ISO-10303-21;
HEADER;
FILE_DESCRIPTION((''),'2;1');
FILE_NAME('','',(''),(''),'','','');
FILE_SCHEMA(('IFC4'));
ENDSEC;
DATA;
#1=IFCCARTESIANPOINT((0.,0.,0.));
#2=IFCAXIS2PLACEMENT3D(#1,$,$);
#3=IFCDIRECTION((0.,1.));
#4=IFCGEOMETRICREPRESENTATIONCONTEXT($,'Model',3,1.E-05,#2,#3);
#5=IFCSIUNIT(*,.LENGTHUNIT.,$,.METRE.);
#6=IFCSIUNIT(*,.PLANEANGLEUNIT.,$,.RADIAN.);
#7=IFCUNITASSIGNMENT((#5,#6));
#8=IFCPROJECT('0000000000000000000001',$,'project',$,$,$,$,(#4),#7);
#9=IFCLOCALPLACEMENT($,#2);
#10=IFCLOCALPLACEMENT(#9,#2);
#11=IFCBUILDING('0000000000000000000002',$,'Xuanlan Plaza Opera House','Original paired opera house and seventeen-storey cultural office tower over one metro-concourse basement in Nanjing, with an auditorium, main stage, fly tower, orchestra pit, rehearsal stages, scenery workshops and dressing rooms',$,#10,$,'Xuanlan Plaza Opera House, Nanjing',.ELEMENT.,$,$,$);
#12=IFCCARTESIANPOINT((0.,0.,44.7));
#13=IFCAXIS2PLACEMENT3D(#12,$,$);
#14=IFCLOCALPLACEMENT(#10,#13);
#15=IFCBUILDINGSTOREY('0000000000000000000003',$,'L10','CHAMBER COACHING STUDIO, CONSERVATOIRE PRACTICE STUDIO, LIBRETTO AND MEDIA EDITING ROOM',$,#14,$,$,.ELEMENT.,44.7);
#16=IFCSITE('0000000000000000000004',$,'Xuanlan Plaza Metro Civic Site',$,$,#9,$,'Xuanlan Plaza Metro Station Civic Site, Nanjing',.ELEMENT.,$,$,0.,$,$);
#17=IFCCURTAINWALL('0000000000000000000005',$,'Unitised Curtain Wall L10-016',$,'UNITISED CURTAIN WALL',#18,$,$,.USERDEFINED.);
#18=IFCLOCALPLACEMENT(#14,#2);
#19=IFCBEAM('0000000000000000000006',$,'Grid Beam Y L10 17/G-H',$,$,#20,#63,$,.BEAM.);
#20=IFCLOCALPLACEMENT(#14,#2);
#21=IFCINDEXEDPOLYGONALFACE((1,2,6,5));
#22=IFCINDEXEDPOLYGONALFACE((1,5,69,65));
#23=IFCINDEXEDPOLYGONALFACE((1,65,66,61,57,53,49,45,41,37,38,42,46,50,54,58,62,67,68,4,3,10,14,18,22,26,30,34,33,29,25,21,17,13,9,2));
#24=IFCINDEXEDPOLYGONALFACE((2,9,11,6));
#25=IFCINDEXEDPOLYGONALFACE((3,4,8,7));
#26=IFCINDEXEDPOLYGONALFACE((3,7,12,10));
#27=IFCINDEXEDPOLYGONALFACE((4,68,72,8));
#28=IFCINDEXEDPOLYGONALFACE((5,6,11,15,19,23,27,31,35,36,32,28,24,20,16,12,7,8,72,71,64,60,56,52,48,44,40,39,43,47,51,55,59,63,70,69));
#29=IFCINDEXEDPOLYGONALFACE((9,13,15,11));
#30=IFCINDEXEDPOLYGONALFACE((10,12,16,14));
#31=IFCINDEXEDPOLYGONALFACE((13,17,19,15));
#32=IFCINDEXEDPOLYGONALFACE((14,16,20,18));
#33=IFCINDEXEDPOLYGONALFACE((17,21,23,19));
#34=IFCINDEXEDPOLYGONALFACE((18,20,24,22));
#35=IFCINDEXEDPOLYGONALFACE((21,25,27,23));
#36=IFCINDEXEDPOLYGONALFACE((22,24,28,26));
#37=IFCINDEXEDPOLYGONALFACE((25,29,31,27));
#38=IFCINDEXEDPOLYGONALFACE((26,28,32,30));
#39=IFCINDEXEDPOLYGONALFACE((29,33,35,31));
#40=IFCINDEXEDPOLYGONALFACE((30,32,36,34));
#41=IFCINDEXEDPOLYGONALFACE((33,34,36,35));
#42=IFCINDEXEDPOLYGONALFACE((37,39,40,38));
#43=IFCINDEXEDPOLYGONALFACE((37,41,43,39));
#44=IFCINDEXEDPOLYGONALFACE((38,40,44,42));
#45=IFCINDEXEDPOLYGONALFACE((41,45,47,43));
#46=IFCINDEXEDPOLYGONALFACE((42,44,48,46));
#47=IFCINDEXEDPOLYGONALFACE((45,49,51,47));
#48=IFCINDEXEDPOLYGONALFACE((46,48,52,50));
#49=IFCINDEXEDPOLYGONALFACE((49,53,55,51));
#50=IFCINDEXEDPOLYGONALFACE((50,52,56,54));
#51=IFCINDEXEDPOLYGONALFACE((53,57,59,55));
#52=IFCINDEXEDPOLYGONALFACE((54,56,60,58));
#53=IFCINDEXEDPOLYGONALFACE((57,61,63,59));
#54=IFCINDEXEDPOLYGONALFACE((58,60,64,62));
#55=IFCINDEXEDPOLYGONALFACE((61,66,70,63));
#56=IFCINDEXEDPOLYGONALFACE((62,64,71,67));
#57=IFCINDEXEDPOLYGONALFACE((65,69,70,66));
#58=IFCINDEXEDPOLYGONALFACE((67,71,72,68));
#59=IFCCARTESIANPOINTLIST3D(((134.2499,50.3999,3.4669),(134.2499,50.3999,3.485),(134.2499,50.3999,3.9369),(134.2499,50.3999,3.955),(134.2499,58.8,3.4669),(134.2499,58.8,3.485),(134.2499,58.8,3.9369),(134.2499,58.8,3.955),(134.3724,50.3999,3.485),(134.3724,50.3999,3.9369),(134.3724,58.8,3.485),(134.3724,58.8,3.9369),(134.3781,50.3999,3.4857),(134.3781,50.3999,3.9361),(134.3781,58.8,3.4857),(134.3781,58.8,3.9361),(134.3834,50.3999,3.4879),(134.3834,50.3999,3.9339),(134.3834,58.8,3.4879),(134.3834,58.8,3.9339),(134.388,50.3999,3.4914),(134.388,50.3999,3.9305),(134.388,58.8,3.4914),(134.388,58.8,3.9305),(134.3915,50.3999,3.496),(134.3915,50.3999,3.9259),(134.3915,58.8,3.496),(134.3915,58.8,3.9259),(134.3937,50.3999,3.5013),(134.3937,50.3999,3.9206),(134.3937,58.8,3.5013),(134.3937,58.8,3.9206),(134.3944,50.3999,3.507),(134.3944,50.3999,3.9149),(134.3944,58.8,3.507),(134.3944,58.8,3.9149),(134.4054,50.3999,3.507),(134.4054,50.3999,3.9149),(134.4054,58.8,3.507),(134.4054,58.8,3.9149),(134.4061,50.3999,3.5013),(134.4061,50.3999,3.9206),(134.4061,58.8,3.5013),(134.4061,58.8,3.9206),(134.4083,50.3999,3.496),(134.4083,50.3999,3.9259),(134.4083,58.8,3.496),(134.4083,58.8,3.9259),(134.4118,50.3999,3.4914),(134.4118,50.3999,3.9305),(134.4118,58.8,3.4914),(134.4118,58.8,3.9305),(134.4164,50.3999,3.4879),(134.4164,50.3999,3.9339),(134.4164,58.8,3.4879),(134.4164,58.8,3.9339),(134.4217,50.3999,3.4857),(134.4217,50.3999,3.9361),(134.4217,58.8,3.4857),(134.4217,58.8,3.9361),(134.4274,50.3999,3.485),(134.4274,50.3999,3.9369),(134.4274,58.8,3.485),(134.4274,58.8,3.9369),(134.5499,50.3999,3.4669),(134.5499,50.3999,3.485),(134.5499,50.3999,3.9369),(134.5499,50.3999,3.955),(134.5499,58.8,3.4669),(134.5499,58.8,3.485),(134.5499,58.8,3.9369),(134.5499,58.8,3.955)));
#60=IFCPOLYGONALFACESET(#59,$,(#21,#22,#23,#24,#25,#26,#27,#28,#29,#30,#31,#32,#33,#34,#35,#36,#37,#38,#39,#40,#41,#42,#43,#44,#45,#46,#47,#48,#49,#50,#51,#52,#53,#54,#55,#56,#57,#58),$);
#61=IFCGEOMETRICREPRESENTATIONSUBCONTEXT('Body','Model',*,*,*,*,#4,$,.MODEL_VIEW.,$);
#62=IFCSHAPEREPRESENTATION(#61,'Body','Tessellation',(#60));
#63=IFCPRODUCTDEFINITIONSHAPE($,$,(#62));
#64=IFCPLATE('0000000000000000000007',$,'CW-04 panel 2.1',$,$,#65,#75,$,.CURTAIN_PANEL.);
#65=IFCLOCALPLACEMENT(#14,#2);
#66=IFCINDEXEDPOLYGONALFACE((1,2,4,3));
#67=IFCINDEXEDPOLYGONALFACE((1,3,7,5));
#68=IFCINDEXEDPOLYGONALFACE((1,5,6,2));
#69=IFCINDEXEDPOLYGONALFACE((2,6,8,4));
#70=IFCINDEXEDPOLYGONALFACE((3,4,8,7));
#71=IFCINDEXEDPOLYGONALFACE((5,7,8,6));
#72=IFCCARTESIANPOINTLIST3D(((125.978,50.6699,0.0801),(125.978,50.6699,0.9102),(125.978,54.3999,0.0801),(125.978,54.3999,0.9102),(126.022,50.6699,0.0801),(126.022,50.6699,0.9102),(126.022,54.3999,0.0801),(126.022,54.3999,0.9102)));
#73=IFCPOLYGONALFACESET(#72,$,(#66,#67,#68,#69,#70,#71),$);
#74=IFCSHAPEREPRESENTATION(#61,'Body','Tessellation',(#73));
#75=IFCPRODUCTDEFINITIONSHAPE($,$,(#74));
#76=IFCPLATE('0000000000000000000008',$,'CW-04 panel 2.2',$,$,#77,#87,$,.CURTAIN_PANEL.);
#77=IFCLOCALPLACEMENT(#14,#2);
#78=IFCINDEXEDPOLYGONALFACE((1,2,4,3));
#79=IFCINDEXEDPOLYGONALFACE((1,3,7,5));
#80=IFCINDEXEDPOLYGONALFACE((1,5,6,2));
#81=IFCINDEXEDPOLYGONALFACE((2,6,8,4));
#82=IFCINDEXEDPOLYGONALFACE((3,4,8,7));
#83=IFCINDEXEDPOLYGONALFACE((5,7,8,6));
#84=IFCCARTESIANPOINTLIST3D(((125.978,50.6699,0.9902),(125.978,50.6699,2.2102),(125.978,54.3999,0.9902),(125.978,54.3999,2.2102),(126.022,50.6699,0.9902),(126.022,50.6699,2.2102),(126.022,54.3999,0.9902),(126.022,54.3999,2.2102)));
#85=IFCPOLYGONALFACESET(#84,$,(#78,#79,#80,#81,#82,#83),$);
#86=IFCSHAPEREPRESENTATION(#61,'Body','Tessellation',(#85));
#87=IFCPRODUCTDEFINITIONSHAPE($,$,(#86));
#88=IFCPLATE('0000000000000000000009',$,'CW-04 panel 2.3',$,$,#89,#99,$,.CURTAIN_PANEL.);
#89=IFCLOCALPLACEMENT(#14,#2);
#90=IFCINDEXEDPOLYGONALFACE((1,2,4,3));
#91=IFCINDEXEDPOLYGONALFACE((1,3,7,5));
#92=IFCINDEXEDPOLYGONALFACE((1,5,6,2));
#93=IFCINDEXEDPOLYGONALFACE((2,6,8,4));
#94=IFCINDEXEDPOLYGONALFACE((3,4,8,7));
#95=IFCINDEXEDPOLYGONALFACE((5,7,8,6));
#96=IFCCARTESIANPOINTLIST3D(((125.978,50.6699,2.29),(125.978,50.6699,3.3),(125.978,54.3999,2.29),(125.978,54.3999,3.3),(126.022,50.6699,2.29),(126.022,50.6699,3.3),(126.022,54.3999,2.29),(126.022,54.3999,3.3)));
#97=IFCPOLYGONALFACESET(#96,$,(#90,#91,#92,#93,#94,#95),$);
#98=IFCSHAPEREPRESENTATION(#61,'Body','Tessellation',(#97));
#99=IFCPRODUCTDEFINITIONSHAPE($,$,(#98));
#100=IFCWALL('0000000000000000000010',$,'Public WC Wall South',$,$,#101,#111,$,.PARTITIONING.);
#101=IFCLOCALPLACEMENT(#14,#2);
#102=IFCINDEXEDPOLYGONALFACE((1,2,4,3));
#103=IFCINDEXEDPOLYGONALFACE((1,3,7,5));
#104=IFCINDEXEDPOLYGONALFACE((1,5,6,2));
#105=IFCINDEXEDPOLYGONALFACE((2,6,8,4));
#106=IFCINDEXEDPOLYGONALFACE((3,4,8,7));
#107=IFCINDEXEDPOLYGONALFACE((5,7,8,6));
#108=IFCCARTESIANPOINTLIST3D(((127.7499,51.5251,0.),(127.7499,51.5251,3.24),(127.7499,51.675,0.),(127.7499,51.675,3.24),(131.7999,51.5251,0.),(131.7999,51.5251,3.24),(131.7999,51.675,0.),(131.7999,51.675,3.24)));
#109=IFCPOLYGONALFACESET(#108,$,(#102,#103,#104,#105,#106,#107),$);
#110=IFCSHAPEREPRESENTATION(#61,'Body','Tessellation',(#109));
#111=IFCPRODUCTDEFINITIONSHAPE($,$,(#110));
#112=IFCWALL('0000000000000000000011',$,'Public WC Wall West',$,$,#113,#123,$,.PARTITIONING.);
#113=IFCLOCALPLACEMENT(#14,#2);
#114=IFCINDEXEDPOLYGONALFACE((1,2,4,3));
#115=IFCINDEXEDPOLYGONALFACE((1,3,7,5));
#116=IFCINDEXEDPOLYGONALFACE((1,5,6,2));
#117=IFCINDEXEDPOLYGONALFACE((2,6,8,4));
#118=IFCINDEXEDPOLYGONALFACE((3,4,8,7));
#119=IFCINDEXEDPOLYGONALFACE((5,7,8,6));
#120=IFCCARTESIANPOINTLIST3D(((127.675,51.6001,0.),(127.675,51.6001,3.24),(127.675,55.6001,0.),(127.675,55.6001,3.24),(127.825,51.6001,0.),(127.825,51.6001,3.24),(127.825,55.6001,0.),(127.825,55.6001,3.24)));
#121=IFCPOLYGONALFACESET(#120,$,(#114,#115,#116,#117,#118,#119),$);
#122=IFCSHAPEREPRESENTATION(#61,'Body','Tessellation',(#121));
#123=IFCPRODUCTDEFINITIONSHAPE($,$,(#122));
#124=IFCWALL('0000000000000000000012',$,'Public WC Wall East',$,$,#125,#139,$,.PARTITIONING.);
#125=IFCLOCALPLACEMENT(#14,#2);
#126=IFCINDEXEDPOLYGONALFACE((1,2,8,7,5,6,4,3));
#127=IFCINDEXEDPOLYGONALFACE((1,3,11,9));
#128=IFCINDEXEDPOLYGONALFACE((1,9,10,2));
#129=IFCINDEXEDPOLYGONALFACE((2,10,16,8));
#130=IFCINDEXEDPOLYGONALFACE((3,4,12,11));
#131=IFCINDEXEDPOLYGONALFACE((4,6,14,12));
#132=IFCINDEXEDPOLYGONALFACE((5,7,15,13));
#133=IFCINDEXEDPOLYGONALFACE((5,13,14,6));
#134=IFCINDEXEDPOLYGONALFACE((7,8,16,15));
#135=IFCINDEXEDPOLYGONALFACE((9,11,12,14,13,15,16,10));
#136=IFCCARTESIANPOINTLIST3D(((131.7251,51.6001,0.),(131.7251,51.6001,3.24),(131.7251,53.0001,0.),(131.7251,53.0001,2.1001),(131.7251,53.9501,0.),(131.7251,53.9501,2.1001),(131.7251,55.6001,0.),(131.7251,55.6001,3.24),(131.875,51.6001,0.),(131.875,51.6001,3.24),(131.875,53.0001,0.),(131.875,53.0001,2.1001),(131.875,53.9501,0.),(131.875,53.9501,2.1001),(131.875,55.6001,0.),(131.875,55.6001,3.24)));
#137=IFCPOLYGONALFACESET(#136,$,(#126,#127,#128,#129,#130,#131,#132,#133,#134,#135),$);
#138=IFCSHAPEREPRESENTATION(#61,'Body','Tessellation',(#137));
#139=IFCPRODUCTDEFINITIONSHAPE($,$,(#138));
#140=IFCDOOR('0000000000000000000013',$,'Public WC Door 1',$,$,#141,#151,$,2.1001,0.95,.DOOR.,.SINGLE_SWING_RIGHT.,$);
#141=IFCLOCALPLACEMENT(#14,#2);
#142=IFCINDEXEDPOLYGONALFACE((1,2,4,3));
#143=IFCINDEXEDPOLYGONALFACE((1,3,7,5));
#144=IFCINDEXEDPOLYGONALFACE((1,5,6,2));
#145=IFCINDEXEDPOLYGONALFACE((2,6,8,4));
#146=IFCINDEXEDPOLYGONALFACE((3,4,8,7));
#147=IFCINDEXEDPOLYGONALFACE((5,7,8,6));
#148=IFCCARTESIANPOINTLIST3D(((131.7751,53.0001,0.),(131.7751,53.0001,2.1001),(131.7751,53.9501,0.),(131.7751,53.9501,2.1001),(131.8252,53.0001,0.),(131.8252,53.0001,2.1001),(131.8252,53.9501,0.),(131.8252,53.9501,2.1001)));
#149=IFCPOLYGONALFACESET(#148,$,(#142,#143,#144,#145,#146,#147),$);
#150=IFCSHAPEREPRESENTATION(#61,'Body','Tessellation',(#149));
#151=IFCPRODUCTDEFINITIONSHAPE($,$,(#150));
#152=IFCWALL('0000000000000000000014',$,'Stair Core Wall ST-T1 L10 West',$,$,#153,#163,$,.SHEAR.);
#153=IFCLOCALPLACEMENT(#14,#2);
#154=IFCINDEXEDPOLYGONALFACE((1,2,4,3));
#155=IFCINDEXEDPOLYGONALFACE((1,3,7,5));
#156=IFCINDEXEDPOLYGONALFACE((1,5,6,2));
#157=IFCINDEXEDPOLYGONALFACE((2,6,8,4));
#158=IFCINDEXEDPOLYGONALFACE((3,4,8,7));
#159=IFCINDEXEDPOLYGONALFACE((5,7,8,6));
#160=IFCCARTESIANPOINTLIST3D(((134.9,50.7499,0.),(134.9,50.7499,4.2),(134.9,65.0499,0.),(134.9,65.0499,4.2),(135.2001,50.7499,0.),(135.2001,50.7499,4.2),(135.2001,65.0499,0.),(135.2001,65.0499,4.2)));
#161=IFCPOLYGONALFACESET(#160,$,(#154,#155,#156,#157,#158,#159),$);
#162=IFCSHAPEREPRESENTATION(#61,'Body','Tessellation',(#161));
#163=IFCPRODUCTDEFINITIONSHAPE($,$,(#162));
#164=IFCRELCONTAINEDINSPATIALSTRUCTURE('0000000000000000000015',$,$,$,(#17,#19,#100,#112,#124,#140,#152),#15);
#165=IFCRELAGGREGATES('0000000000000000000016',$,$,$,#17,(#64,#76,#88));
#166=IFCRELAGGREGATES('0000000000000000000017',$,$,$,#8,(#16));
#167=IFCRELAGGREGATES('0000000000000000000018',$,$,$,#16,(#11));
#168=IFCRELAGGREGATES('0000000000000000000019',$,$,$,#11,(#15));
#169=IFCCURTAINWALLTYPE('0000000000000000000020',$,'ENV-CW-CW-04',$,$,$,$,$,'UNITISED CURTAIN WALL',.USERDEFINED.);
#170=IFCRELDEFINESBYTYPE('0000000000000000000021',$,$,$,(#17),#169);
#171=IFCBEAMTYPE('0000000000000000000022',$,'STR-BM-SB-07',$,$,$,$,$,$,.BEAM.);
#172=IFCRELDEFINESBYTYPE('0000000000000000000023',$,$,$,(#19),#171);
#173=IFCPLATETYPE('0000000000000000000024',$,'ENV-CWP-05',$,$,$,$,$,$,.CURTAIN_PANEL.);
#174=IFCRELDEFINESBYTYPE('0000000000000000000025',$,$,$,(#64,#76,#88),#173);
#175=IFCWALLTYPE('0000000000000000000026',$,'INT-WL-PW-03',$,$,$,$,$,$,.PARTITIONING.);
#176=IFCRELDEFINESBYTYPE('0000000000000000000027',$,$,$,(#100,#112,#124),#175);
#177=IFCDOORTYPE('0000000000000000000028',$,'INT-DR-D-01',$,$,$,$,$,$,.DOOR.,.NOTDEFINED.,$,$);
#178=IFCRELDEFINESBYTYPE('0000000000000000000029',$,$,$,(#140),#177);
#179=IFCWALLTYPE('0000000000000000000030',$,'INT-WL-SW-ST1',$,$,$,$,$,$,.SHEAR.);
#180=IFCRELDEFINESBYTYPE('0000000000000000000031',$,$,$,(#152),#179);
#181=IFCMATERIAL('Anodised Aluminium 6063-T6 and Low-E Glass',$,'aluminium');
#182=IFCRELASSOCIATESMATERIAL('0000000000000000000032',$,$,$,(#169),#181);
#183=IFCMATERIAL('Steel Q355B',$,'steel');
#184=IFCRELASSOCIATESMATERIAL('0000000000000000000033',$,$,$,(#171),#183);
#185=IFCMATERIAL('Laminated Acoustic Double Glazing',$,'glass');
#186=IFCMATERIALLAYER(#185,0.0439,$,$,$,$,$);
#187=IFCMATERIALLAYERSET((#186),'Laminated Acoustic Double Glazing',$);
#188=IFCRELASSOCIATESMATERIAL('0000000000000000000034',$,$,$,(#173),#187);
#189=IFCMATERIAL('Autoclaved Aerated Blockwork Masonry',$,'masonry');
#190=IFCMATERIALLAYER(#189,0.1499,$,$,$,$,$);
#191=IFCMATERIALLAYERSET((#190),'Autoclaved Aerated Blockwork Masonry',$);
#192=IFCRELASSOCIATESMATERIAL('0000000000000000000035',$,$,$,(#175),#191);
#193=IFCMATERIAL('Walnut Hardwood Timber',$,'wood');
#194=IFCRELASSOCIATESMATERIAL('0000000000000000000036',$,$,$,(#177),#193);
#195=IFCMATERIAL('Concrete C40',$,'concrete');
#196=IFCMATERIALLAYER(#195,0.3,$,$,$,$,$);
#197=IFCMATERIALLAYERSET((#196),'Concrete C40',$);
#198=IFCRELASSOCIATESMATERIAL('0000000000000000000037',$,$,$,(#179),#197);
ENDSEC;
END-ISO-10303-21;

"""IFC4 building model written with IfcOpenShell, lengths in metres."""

from ifc_helpers import new_model, si_unit, direction, frame, frame_2d, origin, origin_2d, place, context, subcontext, project, spatial, rectangle, i_section, extrude, material, layer, layer_set, material_profile, profile_set, type_object, element, fill, aggregate, save


model = new_model("IFC4")

# Units and contexts
model_context = context("Model", 3, precision=1e-05, world=origin(), true_north=direction((0.0, 1.0)))
body_context = subcontext(model_context, "Body", "Model", "MODEL_VIEW")
ifc_project = project(units=[si_unit("LENGTHUNIT", "METRE"), si_unit("PLANEANGLEUNIT", "RADIAN")], contexts=[model_context])

# Site, building, storey
site_placement = place(None, origin())
site = spatial("IfcSite", under=ifc_project, at=site_placement, Name="Xuanlan Plaza Metro Civic Site", LongName="Xuanlan Plaza Metro Station Civic Site, Nanjing", CompositionType="ELEMENT", RefElevation=0.0)
building_placement = place(site_placement, origin())
building = spatial("IfcBuilding", under=site, at=building_placement, Name="Xuanlan Plaza Opera House", Description="Original paired opera house and seventeen-storey cultural office tower over one metro-concourse basement in Nanjing, with an auditorium, main stage, fly tower, orchestra pit, rehearsal stages, scenery workshops and dressing rooms", LongName="Xuanlan Plaza Opera House, Nanjing", CompositionType="ELEMENT")
storey_placement = place(building_placement, frame((0.0, 0.0, 44.7)))
storey = spatial("IfcBuildingStorey", under=building, at=storey_placement, Name="L10", Description="CHAMBER COACHING STUDIO, CONSERVATOIRE PRACTICE STUDIO, LIBRETTO AND MEDIA EDITING ROOM", CompositionType="ELEMENT", Elevation=44.7)

# Curtain wall
ifc_material_1 = material(Name="Anodised Aluminium 6063-T6 and Low-E Glass", Category="aluminium")
curtain_wall_type_1 = type_object("IfcCurtainWallType", Name="ENV-CW-CW-04", ElementType="UNITISED CURTAIN WALL", PredefinedType="USERDEFINED", material=ifc_material_1)
curtain_wall_1_placement = place(storey_placement, origin())
curtain_wall_1 = element("IfcCurtainWall", 1, at=curtain_wall_1_placement, inside=storey, type_object=curtain_wall_type_1, Name="Unitised Curtain Wall L10-016", ObjectType="UNITISED CURTAIN WALL", PredefinedType="USERDEFINED")

# Beam
ifc_material_2 = material(Name="Steel Q355B", Category="steel")
ifc_material_profile_1 = material_profile(ifc_material_2, i_section(OverallWidth=0.3, OverallDepth=0.488, WebThickness=0.011, FlangeThickness=0.0181, FilletRadius=0.022, at=origin_2d()), Name="HM 488x300x11x18")
ifc_profile_set_1 = profile_set([ifc_material_profile_1], Name="Steel Q355B")
beam_type_1 = type_object("IfcBeamType", Name="STR-BM-SB-07", PredefinedType="BEAM", material=ifc_profile_set_1)
beam_1_placement = place(storey_placement, frame((134.3999, 50.3999, 3.7109), z_axis=(0.0, 1.0, 0.0), x_axis=(-1.0, 0.0, 0.0)))
element("IfcBeam", 2, at=beam_1_placement, inside=storey, type_object=beam_type_1, Name="Grid Beam Y L10 17/G-H", PredefinedType="BEAM", context=body_context, shape_type="SweptSolid", body=[
    extrude(i_section(OverallWidth=0.3, OverallDepth=0.488, WebThickness=0.011, FlangeThickness=0.0181, FilletRadius=0.022, at=origin_2d()), origin(), (0.0, 0.0, 1.0), 8.4001),
])

# Plates
ifc_material_3 = material(Name="Laminated Acoustic Double Glazing", Category="glass")
ifc_layer_1 = layer(ifc_material_3, 0.0439)
ifc_layer_set_1 = layer_set([ifc_layer_1], Name="Laminated Acoustic Double Glazing")
plate_type = type_object("IfcPlateType", Name="ENV-CWP-05", PredefinedType="CURTAIN_PANEL", material=ifc_layer_set_1)
plate_1_placement = place(storey_placement, frame((126.0, 52.5349, 0.0801), z_axis=(0.0, 0.0, 1.0), x_axis=(0.0, -1.0, 0.0)))
plate_1 = element("IfcPlate", 3, at=plate_1_placement, type_object=plate_type, Name="CW-04 panel 2.1", PredefinedType="CURTAIN_PANEL", context=body_context, shape_type="SweptSolid", body=[
    extrude(rectangle(XDim=3.73, YDim=0.0439, at=origin_2d()), origin(), (0.0, 0.0, 1.0), 0.8301),
])
plate_2_placement = place(storey_placement, frame((126.0, 52.5349, 0.9902), z_axis=(0.0, 0.0, 1.0), x_axis=(0.0, -1.0, 0.0)))
plate_2 = element("IfcPlate", 4, at=plate_2_placement, type_object=plate_type, Name="CW-04 panel 2.2", PredefinedType="CURTAIN_PANEL", context=body_context, shape_type="SweptSolid", body=[
    extrude(rectangle(XDim=3.73, YDim=0.0439, at=origin_2d()), origin(), (0.0, 0.0, 1.0), 1.22),
])
plate_3_placement = place(storey_placement, frame((126.0, 52.5349, 2.29), z_axis=(0.0, 0.0, 1.0), x_axis=(0.0, -1.0, 0.0)))
plate_3 = element("IfcPlate", 5, at=plate_3_placement, type_object=plate_type, Name="CW-04 panel 2.3", PredefinedType="CURTAIN_PANEL", context=body_context, shape_type="SweptSolid", body=[
    extrude(rectangle(XDim=3.73, YDim=0.0439, at=origin_2d()), origin(), (0.0, 0.0, 1.0), 1.01),
])
aggregate(curtain_wall_1, [plate_1, plate_2, plate_3])

# Walls
ifc_material_4 = material(Name="Autoclaved Aerated Blockwork Masonry", Category="masonry")
ifc_layer_2 = layer(ifc_material_4, 0.1499)
ifc_layer_set_2 = layer_set([ifc_layer_2], Name="Autoclaved Aerated Blockwork Masonry")
wall_type_1 = type_object("IfcWallType", Name="INT-WL-PW-03", PredefinedType="PARTITIONING", material=ifc_layer_set_2)
wall_1_placement = place(storey_placement, frame((127.75, 51.6001, 0.0), z_axis=(0.0, 0.0, 1.0), x_axis=(1.0, 0.0, 0.0)))
element("IfcWall", 6, at=wall_1_placement, inside=storey, type_object=wall_type_1, Name="Public WC Wall South", PredefinedType="PARTITIONING", context=body_context, shape_type="SweptSolid", body=[
    extrude(rectangle(XDim=4.05, YDim=0.1499, at=frame_2d((2.0249, 0.0))), origin(), (0.0, 0.0, 1.0), 3.24),
])
wall_2_placement = place(storey_placement, frame((127.75, 51.6001, 0.0), z_axis=(0.0, 0.0, 1.0), x_axis=(0.0, 1.0, 0.0)))
element("IfcWall", 7, at=wall_2_placement, inside=storey, type_object=wall_type_1, Name="Public WC Wall West", PredefinedType="PARTITIONING", context=body_context, shape_type="SweptSolid", body=[
    extrude(rectangle(XDim=4.0, YDim=0.1499, at=frame_2d((2.0, 0.0))), origin(), (0.0, 0.0, 1.0), 3.24),
])

# Wall, opening, door
wall_3_placement = place(storey_placement, frame((131.8, 51.6001, 0.0), z_axis=(0.0, 0.0, 1.0), x_axis=(0.0, 1.0, 0.0)))
wall_3 = element("IfcWall", 8, at=wall_3_placement, inside=storey, type_object=wall_type_1, Name="Public WC Wall East", PredefinedType="PARTITIONING", context=body_context, shape_type="SweptSolid", body=[
    extrude(rectangle(XDim=4.0, YDim=0.1499, at=frame_2d((2.0, 0.0))), origin(), (0.0, 0.0, 1.0), 3.24),
])
opening_1_placement = place(wall_3_placement, frame((1.3999, 0.0, 0.0)))
opening_1 = element("IfcOpeningElement", 9, at=opening_1_placement, cuts=wall_3, PredefinedType="OPENING", context=body_context, shape_type="SweptSolid", body=[
    extrude(rectangle(XDim=0.95, YDim=2.1001, at=frame_2d((0.4751, 1.05))), frame((0.0, 0.085, 0.0), z_axis=(0.0, -1.0, 0.0), x_axis=(1.0, 0.0, 0.0)), (0.0, 0.0, 1.0), 0.1699),
])
ifc_material_5 = material(Name="Walnut Hardwood Timber", Category="wood")
door_type_1 = type_object("IfcDoorType", Name="INT-DR-D-01", OperationType="NOTDEFINED", PredefinedType="DOOR", material=ifc_material_5)
door_1_placement = place(opening_1_placement, origin())
door_1 = element("IfcDoor", 10, at=door_1_placement, inside=storey, type_object=door_type_1, Name="Public WC Door 1", OperationType="SINGLE_SWING_RIGHT", OverallHeight=2.1001, OverallWidth=0.95, PredefinedType="DOOR", context=body_context, shape_type="SweptSolid", body=[
    extrude(rectangle(XDim=0.95, YDim=2.1001, at=frame_2d((0.4751, 1.05))), frame((0.0, 0.0249, 0.0), z_axis=(0.0, -1.0, 0.0), x_axis=(1.0, 0.0, 0.0)), (0.0, 0.0, 1.0), 0.05),
])
fill(opening_1, door_1)
ifc_material_6 = material(Name="Concrete C40", Category="concrete")
ifc_layer_3 = layer(ifc_material_6, 0.3)
ifc_layer_set_3 = layer_set([ifc_layer_3], Name="Concrete C40")
wall_type_2 = type_object("IfcWallType", Name="INT-WL-SW-ST1", PredefinedType="SHEAR", material=ifc_layer_set_3)

# Wall
wall_4_placement = place(storey_placement, frame((135.05, 50.75, 0.0), z_axis=(0.0, 0.0, 1.0), x_axis=(0.0, 1.0, 0.0)))
element("IfcWall", 11, at=wall_4_placement, inside=storey, type_object=wall_type_2, Name="Stair Core Wall ST-T1 L10 West", PredefinedType="SHEAR", context=body_context, shape_type="SweptSolid", body=[
    extrude(rectangle(XDim=14.3, YDim=0.3, at=frame_2d((7.1499, 0.0))), origin(), (0.0, 0.0, 1.0), 4.2),
])

save(model, "model.ifc")
